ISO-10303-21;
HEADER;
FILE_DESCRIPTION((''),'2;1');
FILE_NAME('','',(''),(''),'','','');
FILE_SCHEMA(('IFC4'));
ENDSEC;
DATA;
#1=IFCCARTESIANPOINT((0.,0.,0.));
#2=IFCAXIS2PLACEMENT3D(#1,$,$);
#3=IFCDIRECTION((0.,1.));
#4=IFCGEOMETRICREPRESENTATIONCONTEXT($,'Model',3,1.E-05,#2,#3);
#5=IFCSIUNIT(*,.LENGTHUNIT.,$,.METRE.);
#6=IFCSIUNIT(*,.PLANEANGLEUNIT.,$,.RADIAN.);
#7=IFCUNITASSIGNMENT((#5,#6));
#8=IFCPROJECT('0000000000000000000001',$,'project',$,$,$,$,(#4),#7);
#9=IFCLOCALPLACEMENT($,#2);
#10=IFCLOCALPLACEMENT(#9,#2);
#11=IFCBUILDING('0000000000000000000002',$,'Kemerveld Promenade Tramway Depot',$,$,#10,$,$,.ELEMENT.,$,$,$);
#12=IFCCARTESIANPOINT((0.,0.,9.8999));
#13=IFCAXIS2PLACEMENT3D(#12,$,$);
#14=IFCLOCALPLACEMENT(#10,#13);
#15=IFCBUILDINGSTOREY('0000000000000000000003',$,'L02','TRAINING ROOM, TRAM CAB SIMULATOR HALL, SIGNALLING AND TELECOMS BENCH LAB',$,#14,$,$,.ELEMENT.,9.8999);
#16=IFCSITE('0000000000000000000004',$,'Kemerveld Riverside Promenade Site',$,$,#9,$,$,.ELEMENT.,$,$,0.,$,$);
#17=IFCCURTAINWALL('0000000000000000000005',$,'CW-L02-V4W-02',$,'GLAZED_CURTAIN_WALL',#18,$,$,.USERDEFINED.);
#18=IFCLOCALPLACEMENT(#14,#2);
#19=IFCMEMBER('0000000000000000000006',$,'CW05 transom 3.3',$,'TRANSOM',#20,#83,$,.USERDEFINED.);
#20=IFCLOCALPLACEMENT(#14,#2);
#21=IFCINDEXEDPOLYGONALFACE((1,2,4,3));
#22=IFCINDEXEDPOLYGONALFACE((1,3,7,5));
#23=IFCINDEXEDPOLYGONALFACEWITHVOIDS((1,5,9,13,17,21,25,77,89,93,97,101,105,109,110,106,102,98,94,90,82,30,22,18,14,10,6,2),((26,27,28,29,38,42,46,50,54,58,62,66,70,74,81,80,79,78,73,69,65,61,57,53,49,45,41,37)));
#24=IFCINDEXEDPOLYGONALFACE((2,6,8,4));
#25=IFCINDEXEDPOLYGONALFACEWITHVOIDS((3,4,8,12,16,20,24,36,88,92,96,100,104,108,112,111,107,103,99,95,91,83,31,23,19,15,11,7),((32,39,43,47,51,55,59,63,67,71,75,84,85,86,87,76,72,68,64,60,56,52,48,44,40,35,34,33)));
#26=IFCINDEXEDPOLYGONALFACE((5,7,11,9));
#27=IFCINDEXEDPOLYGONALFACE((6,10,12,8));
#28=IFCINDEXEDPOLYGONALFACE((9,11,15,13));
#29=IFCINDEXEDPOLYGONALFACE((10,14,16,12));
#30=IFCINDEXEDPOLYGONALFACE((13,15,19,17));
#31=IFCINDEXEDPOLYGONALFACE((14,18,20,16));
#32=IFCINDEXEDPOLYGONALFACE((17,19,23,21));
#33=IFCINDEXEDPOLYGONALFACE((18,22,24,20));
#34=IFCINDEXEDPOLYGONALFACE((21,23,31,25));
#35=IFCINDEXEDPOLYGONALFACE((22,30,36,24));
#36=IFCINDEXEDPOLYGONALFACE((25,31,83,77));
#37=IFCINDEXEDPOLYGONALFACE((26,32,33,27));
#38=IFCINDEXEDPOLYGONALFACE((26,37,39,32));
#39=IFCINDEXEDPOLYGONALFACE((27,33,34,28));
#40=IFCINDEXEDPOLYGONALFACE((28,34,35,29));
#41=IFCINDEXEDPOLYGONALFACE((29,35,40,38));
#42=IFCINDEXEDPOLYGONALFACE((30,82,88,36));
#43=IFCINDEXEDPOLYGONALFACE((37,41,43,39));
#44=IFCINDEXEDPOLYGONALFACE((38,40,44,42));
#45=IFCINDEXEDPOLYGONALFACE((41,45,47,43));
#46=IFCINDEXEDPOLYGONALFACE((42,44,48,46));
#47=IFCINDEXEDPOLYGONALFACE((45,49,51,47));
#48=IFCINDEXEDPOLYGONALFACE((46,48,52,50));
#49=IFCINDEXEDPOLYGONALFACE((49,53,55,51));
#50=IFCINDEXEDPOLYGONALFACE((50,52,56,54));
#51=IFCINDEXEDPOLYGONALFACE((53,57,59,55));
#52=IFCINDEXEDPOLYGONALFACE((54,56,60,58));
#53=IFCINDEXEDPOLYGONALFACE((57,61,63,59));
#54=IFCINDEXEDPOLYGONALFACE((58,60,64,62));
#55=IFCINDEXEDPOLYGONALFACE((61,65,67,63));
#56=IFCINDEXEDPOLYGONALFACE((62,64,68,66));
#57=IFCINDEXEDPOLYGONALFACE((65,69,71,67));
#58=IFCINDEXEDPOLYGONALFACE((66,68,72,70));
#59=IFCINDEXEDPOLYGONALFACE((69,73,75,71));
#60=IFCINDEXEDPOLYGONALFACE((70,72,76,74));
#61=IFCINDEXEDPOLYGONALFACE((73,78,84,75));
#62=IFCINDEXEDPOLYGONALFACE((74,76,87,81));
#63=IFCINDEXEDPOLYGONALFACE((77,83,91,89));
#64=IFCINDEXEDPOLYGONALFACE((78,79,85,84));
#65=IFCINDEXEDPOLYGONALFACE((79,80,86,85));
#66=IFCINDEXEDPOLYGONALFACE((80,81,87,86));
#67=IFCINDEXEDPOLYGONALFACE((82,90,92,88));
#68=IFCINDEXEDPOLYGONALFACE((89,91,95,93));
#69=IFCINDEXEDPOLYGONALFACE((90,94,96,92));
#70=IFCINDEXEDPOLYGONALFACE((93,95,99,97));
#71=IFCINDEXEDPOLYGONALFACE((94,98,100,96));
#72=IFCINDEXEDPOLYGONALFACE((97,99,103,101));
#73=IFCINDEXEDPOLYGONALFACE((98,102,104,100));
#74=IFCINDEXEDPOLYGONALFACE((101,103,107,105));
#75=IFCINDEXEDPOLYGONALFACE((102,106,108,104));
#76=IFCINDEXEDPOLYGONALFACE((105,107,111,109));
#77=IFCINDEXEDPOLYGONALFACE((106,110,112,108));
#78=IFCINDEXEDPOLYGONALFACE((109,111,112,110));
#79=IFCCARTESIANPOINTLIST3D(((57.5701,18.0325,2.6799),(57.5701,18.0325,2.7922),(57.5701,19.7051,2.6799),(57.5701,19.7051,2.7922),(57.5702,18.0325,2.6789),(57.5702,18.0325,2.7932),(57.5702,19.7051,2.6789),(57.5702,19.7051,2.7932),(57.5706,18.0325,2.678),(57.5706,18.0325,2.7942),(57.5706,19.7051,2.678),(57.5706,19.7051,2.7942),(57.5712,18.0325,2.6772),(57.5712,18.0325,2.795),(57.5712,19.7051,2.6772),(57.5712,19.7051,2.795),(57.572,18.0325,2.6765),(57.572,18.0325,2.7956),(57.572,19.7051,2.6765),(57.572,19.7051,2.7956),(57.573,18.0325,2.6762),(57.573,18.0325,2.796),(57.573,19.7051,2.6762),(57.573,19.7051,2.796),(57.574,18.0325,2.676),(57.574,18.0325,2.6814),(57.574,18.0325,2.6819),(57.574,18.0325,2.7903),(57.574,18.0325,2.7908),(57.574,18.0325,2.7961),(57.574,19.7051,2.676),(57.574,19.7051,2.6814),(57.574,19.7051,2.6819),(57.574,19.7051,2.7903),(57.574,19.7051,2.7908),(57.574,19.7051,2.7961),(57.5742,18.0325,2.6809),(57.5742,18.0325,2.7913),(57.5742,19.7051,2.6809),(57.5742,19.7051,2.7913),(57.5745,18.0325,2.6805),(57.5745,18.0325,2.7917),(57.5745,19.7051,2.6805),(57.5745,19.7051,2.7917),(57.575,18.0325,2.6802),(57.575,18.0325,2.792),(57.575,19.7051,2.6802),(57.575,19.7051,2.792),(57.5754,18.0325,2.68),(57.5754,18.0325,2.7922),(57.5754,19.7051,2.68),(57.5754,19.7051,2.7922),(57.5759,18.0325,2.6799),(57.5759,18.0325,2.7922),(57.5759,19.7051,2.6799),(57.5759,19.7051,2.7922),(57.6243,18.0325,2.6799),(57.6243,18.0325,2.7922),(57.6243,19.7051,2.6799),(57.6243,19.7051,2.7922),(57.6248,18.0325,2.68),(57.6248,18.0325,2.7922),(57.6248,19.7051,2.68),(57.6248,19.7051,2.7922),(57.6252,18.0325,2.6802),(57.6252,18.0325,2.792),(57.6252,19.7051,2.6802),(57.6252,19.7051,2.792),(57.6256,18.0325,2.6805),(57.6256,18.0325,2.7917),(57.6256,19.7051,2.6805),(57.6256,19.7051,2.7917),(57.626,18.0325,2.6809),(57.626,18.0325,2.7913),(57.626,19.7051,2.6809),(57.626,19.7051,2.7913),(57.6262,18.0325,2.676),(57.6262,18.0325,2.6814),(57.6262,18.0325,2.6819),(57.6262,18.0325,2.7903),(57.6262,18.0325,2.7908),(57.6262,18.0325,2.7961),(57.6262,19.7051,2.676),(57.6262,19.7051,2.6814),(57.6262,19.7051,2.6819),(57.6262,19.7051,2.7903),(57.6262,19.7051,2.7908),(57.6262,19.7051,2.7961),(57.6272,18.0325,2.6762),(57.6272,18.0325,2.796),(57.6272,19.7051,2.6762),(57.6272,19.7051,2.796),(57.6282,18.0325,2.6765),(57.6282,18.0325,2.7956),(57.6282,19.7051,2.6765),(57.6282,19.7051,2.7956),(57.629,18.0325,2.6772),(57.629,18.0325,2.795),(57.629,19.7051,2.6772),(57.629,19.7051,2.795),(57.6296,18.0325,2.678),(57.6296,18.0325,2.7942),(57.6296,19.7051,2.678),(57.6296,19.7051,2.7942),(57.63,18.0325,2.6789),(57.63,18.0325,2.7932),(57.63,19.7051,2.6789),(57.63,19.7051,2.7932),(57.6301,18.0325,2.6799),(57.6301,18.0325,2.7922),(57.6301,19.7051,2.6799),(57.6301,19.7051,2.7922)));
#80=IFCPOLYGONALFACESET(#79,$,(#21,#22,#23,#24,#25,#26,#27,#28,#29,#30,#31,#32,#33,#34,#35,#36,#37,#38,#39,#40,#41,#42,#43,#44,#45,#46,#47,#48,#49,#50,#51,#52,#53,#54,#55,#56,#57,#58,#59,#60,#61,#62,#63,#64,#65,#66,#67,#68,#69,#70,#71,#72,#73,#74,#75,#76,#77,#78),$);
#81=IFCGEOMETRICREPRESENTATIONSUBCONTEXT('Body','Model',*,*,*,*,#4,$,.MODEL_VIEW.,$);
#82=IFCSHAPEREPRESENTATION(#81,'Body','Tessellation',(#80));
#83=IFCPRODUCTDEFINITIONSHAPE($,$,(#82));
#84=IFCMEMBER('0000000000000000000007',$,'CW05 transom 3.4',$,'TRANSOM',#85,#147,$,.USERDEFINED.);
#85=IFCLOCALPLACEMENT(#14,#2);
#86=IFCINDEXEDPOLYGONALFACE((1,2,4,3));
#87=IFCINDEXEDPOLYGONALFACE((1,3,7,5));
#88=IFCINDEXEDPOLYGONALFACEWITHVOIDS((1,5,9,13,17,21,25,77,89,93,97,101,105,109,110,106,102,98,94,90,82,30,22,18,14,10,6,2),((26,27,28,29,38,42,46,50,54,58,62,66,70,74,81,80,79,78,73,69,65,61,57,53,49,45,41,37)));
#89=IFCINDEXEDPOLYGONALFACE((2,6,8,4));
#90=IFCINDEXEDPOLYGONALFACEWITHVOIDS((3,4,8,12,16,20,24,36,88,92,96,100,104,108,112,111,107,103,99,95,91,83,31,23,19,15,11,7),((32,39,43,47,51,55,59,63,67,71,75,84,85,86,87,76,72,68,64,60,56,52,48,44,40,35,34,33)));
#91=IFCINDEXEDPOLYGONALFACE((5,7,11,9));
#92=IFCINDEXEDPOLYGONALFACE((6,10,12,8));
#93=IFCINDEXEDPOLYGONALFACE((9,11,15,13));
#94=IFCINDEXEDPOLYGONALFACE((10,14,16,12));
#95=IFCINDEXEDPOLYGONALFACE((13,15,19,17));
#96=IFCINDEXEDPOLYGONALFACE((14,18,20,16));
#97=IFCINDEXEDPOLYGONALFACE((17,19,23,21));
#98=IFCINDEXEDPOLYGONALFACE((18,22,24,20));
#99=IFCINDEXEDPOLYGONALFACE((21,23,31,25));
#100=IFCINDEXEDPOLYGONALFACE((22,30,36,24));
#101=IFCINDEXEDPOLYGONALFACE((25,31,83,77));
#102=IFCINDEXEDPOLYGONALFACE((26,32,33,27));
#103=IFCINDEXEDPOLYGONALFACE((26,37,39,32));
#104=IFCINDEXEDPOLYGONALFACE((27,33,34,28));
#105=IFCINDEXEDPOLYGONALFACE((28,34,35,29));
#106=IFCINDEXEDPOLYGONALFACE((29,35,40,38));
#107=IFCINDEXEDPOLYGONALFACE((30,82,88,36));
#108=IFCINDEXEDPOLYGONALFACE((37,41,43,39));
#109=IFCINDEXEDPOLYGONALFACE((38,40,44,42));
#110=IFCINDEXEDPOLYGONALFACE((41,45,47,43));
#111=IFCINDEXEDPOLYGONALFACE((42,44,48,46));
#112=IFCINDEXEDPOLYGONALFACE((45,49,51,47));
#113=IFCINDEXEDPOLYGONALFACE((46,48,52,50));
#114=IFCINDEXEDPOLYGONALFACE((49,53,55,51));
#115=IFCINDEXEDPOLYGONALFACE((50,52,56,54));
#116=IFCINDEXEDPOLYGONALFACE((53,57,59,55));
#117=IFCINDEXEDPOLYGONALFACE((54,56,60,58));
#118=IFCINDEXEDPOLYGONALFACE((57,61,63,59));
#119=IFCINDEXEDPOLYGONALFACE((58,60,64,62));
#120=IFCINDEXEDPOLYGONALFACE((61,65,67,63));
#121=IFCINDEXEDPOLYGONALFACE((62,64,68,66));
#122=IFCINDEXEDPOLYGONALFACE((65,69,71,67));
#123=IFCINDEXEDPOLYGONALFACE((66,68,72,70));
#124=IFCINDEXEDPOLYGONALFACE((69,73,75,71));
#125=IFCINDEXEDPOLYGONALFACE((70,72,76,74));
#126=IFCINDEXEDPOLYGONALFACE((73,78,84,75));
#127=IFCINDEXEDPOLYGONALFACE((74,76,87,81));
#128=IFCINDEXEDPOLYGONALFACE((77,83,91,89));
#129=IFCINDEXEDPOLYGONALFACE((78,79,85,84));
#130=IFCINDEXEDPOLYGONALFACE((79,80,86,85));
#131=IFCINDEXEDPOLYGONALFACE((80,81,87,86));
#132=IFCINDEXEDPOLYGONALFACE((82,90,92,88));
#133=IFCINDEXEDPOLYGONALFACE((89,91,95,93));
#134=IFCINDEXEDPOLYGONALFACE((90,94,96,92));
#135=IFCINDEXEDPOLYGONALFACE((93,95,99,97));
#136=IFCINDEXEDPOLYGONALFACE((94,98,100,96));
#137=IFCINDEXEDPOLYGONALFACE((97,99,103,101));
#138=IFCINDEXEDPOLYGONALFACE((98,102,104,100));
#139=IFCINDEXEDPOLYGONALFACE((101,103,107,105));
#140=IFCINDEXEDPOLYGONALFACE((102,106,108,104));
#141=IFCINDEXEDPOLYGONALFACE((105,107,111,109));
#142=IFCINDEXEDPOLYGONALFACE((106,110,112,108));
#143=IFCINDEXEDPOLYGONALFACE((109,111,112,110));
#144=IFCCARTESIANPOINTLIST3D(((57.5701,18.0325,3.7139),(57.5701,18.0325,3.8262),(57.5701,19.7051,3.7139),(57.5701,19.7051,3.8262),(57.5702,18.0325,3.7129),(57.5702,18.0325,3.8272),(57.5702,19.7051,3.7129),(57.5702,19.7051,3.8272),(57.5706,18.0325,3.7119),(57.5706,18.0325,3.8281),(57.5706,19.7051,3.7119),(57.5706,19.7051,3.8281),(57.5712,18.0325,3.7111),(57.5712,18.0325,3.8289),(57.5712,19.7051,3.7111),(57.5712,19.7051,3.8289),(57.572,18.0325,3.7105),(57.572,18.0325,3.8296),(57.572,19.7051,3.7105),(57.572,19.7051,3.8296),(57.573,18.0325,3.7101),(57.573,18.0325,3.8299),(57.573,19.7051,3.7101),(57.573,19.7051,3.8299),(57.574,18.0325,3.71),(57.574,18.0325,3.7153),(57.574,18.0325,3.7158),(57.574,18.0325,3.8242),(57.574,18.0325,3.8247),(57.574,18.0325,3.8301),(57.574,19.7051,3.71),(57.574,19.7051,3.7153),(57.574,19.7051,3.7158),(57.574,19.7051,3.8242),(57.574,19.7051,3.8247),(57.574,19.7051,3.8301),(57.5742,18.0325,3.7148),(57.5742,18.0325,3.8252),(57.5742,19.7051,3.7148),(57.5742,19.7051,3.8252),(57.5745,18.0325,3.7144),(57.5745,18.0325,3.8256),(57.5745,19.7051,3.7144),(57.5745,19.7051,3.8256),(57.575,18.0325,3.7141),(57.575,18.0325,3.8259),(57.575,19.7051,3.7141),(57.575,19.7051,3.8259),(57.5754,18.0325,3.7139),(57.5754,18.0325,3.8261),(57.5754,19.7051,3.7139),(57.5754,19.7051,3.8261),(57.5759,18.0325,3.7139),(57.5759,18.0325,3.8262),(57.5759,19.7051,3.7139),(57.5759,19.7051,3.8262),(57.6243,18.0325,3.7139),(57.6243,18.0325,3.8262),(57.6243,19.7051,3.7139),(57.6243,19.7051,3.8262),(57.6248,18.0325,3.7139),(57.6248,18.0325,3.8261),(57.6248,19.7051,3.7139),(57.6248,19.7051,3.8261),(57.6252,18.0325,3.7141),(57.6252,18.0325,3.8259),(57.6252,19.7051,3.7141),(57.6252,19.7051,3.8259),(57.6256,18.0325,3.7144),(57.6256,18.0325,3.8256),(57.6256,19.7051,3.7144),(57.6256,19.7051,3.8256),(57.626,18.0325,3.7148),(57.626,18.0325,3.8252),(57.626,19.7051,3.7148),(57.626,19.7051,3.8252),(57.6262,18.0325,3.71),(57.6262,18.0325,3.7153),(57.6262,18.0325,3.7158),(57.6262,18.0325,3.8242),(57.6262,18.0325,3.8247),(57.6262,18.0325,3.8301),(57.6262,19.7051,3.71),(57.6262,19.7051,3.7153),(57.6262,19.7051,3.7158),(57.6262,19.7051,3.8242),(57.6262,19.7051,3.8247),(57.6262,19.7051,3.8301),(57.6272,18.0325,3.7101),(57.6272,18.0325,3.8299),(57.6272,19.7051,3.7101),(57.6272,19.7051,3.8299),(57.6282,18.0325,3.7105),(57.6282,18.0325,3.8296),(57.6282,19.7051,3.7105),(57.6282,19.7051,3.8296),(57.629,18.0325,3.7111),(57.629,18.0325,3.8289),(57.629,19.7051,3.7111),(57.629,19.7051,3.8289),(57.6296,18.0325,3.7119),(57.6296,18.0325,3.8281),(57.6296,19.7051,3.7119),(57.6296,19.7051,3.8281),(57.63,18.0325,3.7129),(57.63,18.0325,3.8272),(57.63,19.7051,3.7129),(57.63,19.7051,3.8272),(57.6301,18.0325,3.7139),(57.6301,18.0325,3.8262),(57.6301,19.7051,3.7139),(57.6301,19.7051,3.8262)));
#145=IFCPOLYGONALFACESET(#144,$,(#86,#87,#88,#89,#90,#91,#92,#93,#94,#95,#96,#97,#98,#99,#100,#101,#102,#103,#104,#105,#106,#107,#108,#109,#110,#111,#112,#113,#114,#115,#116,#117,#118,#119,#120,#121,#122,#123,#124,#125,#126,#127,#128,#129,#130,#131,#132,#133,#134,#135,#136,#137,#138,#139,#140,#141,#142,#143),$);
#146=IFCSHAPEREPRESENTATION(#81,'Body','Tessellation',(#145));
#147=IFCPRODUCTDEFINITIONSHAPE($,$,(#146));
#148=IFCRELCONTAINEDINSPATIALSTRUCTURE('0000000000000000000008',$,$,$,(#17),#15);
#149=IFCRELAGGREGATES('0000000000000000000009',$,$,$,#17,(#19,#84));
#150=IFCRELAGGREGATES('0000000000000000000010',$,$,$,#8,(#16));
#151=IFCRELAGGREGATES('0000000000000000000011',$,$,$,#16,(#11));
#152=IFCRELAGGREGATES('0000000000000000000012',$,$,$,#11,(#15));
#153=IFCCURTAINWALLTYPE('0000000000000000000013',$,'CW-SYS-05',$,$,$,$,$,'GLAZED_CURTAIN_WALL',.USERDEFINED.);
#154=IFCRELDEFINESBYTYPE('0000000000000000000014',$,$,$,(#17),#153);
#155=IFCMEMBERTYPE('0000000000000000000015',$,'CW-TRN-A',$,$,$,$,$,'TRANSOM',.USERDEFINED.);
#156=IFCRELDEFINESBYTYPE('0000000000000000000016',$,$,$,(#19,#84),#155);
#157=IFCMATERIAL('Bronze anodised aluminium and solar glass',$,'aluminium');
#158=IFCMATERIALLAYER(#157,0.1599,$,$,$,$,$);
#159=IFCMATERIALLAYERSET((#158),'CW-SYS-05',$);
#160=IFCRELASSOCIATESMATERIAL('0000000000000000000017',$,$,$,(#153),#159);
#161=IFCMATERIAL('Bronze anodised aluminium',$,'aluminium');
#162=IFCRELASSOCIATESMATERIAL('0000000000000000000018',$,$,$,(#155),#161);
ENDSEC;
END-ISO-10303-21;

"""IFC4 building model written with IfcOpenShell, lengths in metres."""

from ifc_helpers import new_model, si_unit, direction, frame, origin, origin_2d, place, context, subcontext, project, spatial, hollow_rectangle, extrude, material, layer, layer_set, material_profile, profile_set, type_object, element, aggregate, save


model = new_model("IFC4")

# Units and contexts
model_context = context("Model", 3, precision=1e-05, world=origin(), true_north=direction((0.0, 1.0)))
body_context = subcontext(model_context, "Body", "Model", "MODEL_VIEW")
ifc_project = project(units=[si_unit("LENGTHUNIT", "METRE"), si_unit("PLANEANGLEUNIT", "RADIAN")], contexts=[model_context])

# Site, building, storey
site_placement = place(None, origin())
site = spatial("IfcSite", under=ifc_project, at=site_placement, Name="Kemerveld Riverside Promenade Site", CompositionType="ELEMENT", RefElevation=0.0)
building_placement = place(site_placement, origin())
building = spatial("IfcBuilding", under=site, at=building_placement, Name="Kemerveld Promenade Tramway Depot", CompositionType="ELEMENT")
storey_placement = place(building_placement, frame((0.0, 0.0, 9.8999)))
storey = spatial("IfcBuildingStorey", under=building, at=storey_placement, Name="L02", Description="TRAINING ROOM, TRAM CAB SIMULATOR HALL, SIGNALLING AND TELECOMS BENCH LAB", CompositionType="ELEMENT", Elevation=9.8999)

# Curtain wall, members
ifc_material_1 = material(Name="Bronze anodised aluminium and solar glass", Category="aluminium")
ifc_layer_1 = layer(ifc_material_1, 0.1599)
ifc_layer_set_1 = layer_set([ifc_layer_1], Name="CW-SYS-05")
curtain_wall_type = type_object("IfcCurtainWallType", Name="CW-SYS-05", ElementType="GLAZED_CURTAIN_WALL", PredefinedType="USERDEFINED", material=ifc_layer_set_1)
curtain_wall_placement = place(storey_placement, origin())
curtain_wall = element("IfcCurtainWall", 1, at=curtain_wall_placement, inside=storey, type_object=curtain_wall_type, Name="CW-L02-V4W-02", ObjectType="GLAZED_CURTAIN_WALL", PredefinedType="USERDEFINED")
ifc_material_2 = material(Name="Bronze anodised aluminium", Category="aluminium")
ifc_material_profile_1 = material_profile(ifc_material_2, hollow_rectangle(XDim=0.0601, YDim=0.1201, WallThickness=0.0039, InnerFilletRadius=0.002, OuterFilletRadius=0.0039, at=origin_2d()), Name="CW-TRN-120x60")
ifc_profile_set_1 = profile_set([ifc_material_profile_1], Name="Bronze anodised aluminium")
member_type_1 = type_object("IfcMemberType", Name="CW-TRN-A", ElementType="TRANSOM", PredefinedType="USERDEFINED", material=ifc_profile_set_1)
member_1_placement = place(storey_placement, frame((57.6001, 18.0325, 2.7361), z_axis=(0.0, 1.0, 0.0), x_axis=(-1.0, 0.0, 0.0)))
member_1 = element("IfcMember", 2, at=member_1_placement, type_object=member_type_1, Name="CW05 transom 3.3", ObjectType="TRANSOM", PredefinedType="USERDEFINED", context=body_context, shape_type="SweptSolid", body=[
    extrude(hollow_rectangle(XDim=0.0601, YDim=0.1201, WallThickness=0.0039, InnerFilletRadius=0.002, OuterFilletRadius=0.0039, at=origin_2d()), origin(), (0.0, 0.0, 1.0), 1.6726),
])
member_2_placement = place(storey_placement, frame((57.6001, 18.0325, 3.77), z_axis=(0.0, 1.0, 0.0), x_axis=(-1.0, 0.0, 0.0)))
member_2 = element("IfcMember", 3, at=member_2_placement, type_object=member_type_1, Name="CW05 transom 3.4", ObjectType="TRANSOM", PredefinedType="USERDEFINED", context=body_context, shape_type="SweptSolid", body=[
    extrude(hollow_rectangle(XDim=0.0601, YDim=0.1201, WallThickness=0.0039, InnerFilletRadius=0.002, OuterFilletRadius=0.0039, at=origin_2d()), origin(), (0.0, 0.0, 1.0), 1.6726),
])

aggregate(curtain_wall, [member_1, member_2])

save(model, "model.ifc")
